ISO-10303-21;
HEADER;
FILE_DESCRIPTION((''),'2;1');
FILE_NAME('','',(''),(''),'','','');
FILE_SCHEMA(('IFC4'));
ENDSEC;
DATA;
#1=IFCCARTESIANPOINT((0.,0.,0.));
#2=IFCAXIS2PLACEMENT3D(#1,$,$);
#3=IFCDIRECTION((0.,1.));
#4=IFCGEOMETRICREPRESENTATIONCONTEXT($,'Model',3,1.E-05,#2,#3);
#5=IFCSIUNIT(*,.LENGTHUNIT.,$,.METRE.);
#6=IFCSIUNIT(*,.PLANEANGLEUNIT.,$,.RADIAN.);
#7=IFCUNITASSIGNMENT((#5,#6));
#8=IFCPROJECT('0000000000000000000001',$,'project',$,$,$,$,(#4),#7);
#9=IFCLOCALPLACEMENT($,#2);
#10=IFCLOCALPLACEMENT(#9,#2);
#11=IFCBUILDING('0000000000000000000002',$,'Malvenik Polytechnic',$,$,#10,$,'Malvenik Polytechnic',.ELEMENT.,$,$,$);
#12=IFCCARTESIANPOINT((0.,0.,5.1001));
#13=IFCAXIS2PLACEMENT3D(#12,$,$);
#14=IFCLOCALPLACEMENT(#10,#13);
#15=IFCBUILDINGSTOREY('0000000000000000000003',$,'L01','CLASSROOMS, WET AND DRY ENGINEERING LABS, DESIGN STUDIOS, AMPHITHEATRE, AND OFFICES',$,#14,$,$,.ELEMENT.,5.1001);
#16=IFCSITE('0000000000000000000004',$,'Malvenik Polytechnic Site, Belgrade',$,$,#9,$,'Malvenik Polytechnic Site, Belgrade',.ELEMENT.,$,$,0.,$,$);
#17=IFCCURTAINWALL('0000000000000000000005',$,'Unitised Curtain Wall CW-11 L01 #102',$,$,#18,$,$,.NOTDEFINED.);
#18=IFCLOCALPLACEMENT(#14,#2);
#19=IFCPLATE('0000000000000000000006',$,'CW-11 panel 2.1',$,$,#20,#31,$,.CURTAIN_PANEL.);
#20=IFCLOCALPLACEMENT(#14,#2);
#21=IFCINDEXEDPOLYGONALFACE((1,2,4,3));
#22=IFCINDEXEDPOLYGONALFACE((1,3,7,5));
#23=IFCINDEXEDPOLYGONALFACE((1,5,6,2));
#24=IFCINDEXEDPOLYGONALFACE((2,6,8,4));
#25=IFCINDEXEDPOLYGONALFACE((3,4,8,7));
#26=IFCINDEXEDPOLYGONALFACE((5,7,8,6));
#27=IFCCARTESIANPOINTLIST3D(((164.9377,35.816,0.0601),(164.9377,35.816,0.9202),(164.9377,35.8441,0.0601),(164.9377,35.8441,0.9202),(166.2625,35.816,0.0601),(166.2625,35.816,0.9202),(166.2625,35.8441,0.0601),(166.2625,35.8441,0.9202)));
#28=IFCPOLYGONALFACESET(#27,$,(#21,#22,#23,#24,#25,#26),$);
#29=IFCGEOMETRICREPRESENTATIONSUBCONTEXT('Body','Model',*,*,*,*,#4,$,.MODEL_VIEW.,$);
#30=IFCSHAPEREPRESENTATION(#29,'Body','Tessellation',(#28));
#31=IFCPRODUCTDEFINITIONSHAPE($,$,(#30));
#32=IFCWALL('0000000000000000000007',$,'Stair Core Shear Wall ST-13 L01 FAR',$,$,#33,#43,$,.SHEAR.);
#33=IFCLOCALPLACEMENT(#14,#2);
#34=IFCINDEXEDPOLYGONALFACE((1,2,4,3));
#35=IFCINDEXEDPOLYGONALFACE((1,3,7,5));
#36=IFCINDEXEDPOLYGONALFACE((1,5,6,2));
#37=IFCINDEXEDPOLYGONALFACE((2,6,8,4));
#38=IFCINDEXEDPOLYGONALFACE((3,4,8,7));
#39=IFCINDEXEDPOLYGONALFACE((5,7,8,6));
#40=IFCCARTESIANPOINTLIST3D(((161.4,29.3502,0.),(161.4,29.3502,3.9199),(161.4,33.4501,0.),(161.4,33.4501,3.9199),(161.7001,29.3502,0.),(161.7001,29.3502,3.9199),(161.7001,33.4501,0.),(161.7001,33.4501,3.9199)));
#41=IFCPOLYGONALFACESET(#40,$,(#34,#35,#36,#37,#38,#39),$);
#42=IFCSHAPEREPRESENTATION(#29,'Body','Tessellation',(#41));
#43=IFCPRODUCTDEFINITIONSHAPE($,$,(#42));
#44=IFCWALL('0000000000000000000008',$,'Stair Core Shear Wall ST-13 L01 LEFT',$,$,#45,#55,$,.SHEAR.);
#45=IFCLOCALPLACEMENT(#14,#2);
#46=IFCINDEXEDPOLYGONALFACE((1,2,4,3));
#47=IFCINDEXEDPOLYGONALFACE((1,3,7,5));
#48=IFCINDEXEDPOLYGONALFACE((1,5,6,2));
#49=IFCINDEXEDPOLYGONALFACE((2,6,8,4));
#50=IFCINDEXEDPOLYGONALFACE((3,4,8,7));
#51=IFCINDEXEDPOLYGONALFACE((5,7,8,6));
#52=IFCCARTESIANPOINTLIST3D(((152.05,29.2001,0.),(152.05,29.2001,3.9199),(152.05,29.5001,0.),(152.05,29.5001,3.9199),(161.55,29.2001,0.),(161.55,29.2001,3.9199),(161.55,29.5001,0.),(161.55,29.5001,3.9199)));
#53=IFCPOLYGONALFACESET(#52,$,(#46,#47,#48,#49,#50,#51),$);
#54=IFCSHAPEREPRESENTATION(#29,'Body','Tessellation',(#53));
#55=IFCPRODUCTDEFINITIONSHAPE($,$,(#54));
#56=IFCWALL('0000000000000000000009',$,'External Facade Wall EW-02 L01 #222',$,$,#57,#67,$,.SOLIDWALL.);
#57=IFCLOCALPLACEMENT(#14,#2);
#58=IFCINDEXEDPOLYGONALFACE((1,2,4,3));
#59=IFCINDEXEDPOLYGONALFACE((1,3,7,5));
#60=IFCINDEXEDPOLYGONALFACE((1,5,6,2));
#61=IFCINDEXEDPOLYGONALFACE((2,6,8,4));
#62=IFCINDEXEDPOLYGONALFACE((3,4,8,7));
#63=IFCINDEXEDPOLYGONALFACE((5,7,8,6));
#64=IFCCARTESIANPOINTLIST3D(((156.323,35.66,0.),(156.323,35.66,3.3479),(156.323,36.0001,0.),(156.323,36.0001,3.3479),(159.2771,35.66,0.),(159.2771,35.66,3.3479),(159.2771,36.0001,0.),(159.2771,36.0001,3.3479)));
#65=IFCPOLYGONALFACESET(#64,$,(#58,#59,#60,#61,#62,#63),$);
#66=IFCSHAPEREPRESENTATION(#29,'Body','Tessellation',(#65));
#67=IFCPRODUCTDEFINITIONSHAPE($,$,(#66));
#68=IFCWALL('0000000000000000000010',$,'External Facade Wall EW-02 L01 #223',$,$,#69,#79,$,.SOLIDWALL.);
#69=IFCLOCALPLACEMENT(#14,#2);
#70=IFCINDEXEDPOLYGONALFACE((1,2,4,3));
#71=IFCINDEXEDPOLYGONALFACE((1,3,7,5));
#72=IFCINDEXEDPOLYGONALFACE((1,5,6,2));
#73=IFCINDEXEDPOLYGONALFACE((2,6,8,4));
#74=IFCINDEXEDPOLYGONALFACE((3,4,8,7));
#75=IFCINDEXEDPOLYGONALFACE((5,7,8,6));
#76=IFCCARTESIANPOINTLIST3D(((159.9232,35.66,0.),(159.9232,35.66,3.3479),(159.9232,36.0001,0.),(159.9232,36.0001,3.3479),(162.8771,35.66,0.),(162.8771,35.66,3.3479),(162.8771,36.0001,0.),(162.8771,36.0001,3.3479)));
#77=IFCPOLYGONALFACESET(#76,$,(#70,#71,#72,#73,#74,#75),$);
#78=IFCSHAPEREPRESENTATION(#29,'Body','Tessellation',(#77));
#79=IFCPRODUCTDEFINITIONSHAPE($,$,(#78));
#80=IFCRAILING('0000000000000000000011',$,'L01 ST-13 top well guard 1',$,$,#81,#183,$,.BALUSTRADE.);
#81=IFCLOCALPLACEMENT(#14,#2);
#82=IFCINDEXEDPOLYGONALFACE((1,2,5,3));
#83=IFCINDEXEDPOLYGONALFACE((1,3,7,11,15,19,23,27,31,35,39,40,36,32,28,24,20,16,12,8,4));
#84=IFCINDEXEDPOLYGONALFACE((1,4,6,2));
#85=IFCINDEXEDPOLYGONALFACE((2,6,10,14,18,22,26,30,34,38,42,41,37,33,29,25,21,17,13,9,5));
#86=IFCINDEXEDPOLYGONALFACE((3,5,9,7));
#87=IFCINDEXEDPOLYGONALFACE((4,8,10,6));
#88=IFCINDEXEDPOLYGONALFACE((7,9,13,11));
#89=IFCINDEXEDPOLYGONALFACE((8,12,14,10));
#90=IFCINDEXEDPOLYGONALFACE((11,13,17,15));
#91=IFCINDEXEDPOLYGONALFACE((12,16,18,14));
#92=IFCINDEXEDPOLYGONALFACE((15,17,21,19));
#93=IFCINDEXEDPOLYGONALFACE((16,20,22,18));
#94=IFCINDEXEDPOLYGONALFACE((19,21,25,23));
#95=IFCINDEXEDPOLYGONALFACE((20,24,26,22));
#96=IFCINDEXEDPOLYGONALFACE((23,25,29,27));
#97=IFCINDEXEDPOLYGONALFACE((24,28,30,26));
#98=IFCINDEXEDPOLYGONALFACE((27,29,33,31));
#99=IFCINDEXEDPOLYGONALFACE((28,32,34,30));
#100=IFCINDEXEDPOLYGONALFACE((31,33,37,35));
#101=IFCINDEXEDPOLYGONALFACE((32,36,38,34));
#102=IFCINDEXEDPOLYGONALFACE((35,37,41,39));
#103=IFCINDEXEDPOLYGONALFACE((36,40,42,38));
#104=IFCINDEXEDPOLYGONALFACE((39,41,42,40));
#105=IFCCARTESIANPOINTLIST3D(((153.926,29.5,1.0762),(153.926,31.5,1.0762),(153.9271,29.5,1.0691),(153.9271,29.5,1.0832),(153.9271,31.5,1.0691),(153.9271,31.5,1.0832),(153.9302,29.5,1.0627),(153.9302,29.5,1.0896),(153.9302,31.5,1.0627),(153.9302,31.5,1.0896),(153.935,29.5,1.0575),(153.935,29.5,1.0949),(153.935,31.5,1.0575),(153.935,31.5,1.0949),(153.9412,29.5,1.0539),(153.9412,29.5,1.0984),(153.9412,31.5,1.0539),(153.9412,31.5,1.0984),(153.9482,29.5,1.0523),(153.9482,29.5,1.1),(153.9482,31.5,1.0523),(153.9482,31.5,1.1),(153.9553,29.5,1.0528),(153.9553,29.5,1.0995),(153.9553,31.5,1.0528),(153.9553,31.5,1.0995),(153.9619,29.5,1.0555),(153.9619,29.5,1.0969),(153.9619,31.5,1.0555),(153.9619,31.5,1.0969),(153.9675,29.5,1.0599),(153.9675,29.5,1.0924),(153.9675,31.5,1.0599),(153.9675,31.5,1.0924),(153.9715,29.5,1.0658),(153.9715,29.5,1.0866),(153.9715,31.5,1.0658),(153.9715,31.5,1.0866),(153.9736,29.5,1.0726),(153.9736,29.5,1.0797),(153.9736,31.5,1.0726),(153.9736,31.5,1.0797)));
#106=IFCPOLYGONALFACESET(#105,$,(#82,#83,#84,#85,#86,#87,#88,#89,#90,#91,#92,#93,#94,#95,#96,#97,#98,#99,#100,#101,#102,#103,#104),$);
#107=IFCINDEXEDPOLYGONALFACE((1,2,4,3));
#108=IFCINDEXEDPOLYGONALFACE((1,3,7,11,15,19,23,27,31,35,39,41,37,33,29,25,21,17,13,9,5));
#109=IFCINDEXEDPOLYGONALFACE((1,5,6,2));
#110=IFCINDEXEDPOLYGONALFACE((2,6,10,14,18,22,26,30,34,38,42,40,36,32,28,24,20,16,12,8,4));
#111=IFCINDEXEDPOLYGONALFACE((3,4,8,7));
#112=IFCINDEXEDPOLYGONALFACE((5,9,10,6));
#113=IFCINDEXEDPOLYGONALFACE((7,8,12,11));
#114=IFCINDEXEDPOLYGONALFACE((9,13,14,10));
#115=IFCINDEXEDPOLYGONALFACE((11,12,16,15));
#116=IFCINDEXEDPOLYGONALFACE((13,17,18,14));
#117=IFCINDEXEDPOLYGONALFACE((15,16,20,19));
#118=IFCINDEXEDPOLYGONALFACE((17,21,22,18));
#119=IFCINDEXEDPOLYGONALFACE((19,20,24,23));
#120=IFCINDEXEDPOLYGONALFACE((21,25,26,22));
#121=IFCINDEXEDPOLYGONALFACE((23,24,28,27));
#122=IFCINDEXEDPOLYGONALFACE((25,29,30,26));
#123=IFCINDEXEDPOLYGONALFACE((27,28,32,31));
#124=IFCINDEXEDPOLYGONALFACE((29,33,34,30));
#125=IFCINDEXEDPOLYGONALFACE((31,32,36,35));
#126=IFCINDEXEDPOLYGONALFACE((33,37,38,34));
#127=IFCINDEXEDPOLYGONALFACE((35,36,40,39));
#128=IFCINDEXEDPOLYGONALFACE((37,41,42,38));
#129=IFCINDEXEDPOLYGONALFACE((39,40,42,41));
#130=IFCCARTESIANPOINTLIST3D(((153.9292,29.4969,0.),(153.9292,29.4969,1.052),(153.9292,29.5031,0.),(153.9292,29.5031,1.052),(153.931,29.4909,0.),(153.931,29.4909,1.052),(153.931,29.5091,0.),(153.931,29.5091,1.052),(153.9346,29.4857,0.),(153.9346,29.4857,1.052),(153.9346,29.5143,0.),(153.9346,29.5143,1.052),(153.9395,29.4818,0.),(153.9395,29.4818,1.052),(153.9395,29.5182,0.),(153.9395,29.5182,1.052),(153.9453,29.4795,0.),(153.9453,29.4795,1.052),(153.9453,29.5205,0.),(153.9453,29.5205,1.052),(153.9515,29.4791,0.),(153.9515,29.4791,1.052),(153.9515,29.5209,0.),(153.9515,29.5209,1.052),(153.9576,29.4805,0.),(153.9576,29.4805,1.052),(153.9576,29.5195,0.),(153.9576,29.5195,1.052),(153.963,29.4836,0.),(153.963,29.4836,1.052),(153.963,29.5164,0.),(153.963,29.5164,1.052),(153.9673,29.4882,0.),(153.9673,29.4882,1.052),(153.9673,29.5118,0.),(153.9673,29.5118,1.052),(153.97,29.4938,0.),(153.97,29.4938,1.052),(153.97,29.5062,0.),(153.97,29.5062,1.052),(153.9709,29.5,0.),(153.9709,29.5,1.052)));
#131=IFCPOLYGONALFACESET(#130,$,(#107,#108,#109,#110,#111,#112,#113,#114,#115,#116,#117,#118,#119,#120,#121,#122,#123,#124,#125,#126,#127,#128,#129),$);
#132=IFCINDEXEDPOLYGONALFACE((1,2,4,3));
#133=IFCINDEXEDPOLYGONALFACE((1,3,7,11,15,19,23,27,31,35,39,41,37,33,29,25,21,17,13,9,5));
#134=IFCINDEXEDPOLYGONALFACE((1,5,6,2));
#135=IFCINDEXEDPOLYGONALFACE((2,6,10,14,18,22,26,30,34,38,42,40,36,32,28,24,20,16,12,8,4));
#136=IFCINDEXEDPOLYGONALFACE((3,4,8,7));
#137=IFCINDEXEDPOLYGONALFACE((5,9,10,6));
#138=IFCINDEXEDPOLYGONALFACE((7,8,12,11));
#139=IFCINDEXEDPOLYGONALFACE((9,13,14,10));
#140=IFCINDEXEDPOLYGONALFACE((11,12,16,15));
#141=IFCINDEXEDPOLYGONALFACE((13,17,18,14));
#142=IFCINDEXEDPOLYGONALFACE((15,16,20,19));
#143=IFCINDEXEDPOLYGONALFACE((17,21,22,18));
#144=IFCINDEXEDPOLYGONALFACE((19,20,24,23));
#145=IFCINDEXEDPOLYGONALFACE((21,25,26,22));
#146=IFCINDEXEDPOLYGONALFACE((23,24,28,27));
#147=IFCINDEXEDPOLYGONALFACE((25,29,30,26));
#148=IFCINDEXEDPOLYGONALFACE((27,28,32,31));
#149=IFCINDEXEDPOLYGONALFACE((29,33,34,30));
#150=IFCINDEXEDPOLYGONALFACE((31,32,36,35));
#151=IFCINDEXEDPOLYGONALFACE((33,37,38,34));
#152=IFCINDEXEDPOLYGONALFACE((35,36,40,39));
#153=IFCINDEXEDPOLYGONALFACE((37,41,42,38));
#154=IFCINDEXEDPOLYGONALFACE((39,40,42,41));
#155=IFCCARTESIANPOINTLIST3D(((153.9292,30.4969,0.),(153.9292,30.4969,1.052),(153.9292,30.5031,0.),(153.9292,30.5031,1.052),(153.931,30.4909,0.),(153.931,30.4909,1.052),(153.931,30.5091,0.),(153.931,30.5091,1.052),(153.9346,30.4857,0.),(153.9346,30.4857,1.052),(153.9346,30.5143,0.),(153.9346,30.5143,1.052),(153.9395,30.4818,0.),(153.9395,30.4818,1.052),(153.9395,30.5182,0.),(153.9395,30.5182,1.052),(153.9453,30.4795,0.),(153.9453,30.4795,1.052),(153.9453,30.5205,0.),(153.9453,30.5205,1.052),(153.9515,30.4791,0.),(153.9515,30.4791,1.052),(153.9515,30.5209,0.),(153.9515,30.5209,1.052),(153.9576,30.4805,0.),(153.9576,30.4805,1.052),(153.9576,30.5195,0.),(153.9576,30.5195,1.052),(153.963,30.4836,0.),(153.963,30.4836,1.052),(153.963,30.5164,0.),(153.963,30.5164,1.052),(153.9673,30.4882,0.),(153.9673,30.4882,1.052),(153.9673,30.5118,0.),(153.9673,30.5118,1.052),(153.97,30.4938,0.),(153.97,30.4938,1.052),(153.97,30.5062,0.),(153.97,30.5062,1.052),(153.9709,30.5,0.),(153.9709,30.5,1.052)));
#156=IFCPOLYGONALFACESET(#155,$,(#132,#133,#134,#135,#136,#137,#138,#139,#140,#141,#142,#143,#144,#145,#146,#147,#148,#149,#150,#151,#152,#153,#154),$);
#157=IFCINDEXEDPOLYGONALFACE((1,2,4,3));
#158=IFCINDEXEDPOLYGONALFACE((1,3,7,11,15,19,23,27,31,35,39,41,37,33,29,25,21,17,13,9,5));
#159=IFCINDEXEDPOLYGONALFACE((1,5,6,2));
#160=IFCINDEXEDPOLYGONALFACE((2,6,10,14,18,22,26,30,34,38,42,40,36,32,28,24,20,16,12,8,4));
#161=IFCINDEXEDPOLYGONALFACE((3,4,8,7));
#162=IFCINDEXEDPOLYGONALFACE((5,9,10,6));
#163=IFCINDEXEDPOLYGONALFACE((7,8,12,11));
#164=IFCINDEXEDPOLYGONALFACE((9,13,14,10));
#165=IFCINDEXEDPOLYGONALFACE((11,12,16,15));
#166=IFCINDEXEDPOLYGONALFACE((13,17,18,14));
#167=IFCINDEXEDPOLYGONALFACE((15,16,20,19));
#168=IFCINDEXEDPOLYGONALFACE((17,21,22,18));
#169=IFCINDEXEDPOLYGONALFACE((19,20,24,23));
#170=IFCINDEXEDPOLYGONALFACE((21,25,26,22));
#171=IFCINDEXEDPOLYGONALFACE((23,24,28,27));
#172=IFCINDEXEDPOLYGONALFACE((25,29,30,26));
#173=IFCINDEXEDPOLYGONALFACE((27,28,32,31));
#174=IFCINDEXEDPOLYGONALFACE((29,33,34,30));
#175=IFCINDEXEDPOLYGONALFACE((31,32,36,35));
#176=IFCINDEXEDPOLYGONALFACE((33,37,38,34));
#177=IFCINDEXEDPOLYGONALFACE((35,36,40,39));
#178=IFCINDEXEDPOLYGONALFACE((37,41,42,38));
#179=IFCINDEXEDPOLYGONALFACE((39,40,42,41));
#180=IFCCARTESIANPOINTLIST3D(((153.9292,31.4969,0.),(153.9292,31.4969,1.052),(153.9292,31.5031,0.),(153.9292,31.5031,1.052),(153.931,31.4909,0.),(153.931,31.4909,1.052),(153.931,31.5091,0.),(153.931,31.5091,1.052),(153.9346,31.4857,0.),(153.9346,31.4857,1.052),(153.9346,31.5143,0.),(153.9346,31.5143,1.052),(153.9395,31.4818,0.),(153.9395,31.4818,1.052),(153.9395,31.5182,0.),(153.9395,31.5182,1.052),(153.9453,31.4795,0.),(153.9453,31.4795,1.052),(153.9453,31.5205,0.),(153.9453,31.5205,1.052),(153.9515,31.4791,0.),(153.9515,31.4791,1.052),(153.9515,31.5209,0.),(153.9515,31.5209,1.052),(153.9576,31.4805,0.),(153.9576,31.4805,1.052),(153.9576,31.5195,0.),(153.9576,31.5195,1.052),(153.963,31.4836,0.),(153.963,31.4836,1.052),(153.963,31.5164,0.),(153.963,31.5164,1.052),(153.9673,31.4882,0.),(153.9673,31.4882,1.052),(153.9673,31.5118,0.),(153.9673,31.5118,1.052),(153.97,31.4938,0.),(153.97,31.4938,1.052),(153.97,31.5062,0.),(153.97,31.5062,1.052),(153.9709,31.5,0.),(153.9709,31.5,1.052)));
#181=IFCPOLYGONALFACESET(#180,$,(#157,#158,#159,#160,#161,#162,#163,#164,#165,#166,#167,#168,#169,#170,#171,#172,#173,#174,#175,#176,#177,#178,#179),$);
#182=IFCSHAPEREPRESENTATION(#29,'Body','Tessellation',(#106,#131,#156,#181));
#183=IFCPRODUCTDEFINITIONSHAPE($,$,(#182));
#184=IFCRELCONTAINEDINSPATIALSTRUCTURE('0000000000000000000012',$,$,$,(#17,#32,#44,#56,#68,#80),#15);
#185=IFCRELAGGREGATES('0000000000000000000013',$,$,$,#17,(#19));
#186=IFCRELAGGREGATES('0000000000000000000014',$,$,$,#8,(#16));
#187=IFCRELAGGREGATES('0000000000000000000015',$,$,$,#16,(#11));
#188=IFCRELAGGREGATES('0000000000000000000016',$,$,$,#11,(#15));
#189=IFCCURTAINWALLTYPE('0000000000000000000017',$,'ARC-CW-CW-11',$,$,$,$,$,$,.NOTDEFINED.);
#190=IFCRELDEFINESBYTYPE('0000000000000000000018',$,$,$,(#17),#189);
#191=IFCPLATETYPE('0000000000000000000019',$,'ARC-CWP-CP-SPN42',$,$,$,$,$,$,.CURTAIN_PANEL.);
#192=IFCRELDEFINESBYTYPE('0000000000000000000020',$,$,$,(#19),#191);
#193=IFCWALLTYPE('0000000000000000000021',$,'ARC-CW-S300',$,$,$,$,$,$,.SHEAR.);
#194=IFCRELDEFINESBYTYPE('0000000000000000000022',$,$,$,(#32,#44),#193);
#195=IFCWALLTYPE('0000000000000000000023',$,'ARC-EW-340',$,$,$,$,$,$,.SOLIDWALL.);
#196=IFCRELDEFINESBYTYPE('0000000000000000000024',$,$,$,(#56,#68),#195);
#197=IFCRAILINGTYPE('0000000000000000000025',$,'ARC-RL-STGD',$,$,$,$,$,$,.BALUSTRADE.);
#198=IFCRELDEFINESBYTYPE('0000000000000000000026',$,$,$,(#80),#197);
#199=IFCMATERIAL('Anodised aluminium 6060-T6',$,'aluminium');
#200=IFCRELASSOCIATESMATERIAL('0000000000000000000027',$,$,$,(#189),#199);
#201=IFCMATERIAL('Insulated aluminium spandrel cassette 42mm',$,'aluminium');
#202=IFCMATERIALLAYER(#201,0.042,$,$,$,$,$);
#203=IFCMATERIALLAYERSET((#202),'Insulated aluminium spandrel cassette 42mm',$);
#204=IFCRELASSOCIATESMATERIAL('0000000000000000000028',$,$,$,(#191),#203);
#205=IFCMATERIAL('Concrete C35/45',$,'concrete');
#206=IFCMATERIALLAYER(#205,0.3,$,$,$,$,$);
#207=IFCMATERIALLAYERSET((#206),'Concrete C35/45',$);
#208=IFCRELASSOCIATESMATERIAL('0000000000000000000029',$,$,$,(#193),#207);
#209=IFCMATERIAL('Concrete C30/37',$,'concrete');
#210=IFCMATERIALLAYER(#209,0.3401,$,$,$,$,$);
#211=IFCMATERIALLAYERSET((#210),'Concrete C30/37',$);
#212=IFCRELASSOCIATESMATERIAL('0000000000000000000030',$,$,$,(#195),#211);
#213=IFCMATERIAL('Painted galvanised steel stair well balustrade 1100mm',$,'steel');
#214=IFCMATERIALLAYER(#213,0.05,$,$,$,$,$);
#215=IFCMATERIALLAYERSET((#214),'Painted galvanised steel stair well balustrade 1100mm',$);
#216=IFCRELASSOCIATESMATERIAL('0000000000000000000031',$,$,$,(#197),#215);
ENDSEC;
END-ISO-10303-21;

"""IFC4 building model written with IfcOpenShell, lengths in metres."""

from ifc_helpers import new_model, si_unit, direction, frame, frame_2d, origin, origin_2d, place, context, subcontext, project, spatial, rectangle, circle, extrude, material, layer, layer_set, type_object, element, aggregate, save


model = new_model("IFC4")

# Units and contexts
model_context = context("Model", 3, precision=1e-05, world=origin(), true_north=direction((0.0, 1.0)))
body_context = subcontext(model_context, "Body", "Model", "MODEL_VIEW")
ifc_project = project(units=[si_unit("LENGTHUNIT", "METRE"), si_unit("PLANEANGLEUNIT", "RADIAN")], contexts=[model_context])

# Site, building, storey
site_placement = place(None, origin())
site = spatial("IfcSite", under=ifc_project, at=site_placement, Name="Malvenik Polytechnic Site, Belgrade", LongName="Malvenik Polytechnic Site, Belgrade", CompositionType="ELEMENT", RefElevation=0.0)
building_placement = place(site_placement, origin())
building = spatial("IfcBuilding", under=site, at=building_placement, Name="Malvenik Polytechnic", LongName="Malvenik Polytechnic", CompositionType="ELEMENT")
storey_placement = place(building_placement, frame((0.0, 0.0, 5.1001)))
storey = spatial("IfcBuildingStorey", under=building, at=storey_placement, Name="L01", Description="CLASSROOMS, WET AND DRY ENGINEERING LABS, DESIGN STUDIOS, AMPHITHEATRE, AND OFFICES", CompositionType="ELEMENT", Elevation=5.1001)

# Shared definitions
ifc_material_1 = material(Name="Concrete C35/45", Category="concrete")

# Curtain wall
ifc_material_2 = material(Name="Anodised aluminium 6060-T6", Category="aluminium")
curtain_wall_type = type_object("IfcCurtainWallType", Name="ARC-CW-CW-11", PredefinedType="NOTDEFINED", material=ifc_material_2)
curtain_wall_1_placement = place(storey_placement, origin())
curtain_wall_1 = element("IfcCurtainWall", 1, at=curtain_wall_1_placement, inside=storey, type_object=curtain_wall_type, Name="Unitised Curtain Wall CW-11 L01 #102", PredefinedType="NOTDEFINED")

# Plate
ifc_material_3 = material(Name="Insulated aluminium spandrel cassette 42mm", Category="aluminium")
ifc_layer_1 = layer(ifc_material_3, 0.042)
ifc_layer_set_1 = layer_set([ifc_layer_1], Name="Insulated aluminium spandrel cassette 42mm")
plate_type_1 = type_object("IfcPlateType", Name="ARC-CWP-CP-SPN42", PredefinedType="CURTAIN_PANEL", material=ifc_layer_set_1)
plate_1_placement = place(storey_placement, frame((165.6001, 35.8301, 0.0601), z_axis=(0.0, 0.0, 1.0), x_axis=(1.0, 0.0, 0.0)))
plate_1 = element("IfcPlate", 2, at=plate_1_placement, type_object=plate_type_1, Name="CW-11 panel 2.1", PredefinedType="CURTAIN_PANEL", context=body_context, shape_type="SweptSolid", body=[
    extrude(rectangle(XDim=1.3247, YDim=0.0281, at=origin_2d()), origin(), (0.0, 0.0, 1.0), 0.8601),
])
aggregate(curtain_wall_1, [plate_1])

# Walls
ifc_layer_2 = layer(ifc_material_1, 0.3)
ifc_layer_set_2 = layer_set([ifc_layer_2], Name="Concrete C35/45")
wall_type_1 = type_object("IfcWallType", Name="ARC-CW-S300", PredefinedType="SHEAR", material=ifc_layer_set_2)
wall_1_placement = place(storey_placement, frame((161.55, 33.45, 0.0), z_axis=(0.0, 0.0, 1.0), x_axis=(0.0, -1.0, 0.0)))
element("IfcWall", 3, at=wall_1_placement, inside=storey, type_object=wall_type_1, Name="Stair Core Shear Wall ST-13 L01 FAR", PredefinedType="SHEAR", context=body_context, shape_type="SweptSolid", body=[
    extrude(rectangle(XDim=4.0999, YDim=0.3, at=frame_2d((2.0498, 0.0))), origin(), (0.0, 0.0, 1.0), 3.9199),
])
wall_2_placement = place(storey_placement, frame((161.55, 29.3501, 0.0), z_axis=(0.0, 0.0, 1.0), x_axis=(-1.0, 0.0, 0.0)))
element("IfcWall", 4, at=wall_2_placement, inside=storey, type_object=wall_type_1, Name="Stair Core Shear Wall ST-13 L01 LEFT", PredefinedType="SHEAR", context=body_context, shape_type="SweptSolid", body=[
    extrude(rectangle(XDim=9.5, YDim=0.3, at=frame_2d((4.75, 0.0))), origin(), (0.0, 0.0, 1.0), 3.9199),
])
ifc_material_4 = material(Name="Concrete C30/37", Category="concrete")
ifc_layer_3 = layer(ifc_material_4, 0.3401)
ifc_layer_set_3 = layer_set([ifc_layer_3], Name="Concrete C30/37")
wall_type_2 = type_object("IfcWallType", Name="ARC-EW-340", PredefinedType="SOLIDWALL", material=ifc_layer_set_3)
wall_3_placement = place(storey_placement, frame((156.323, 35.8301, 0.0), z_axis=(0.0, 0.0, 1.0), x_axis=(1.0, 0.0, 0.0)))
element("IfcWall", 5, at=wall_3_placement, inside=storey, type_object=wall_type_2, Name="External Facade Wall EW-02 L01 #222", PredefinedType="SOLIDWALL", context=body_context, shape_type="SweptSolid", body=[
    extrude(rectangle(XDim=2.9541, YDim=0.3401, at=frame_2d((1.4771, 0.0))), origin(), (0.0, 0.0, 1.0), 3.3479),
])
wall_4_placement = place(storey_placement, frame((159.9231, 35.8301, 0.0), z_axis=(0.0, 0.0, 1.0), x_axis=(1.0, 0.0, 0.0)))
element("IfcWall", 6, at=wall_4_placement, inside=storey, type_object=wall_type_2, Name="External Facade Wall EW-02 L01 #223", PredefinedType="SOLIDWALL", context=body_context, shape_type="SweptSolid", body=[
    extrude(rectangle(XDim=2.9539, YDim=0.3401, at=frame_2d((1.4771, 0.0))), origin(), (0.0, 0.0, 1.0), 3.3479),
])

# Railing
ifc_material_5 = material(Name="Painted galvanised steel stair well balustrade 1100mm", Category="steel")
ifc_layer_4 = layer(ifc_material_5, 0.05)
ifc_layer_set_4 = layer_set([ifc_layer_4], Name="Painted galvanised steel stair well balustrade 1100mm")
railing_type = type_object("IfcRailingType", Name="ARC-RL-STGD", PredefinedType="BALUSTRADE", material=ifc_layer_set_4)
railing_placement = place(storey_placement, frame((153.95, 29.5, 0.0)))
element("IfcRailing", 7, at=railing_placement, inside=storey, type_object=railing_type, Name="L01 ST-13 top well guard 1", PredefinedType="BALUSTRADE", context=body_context, shape_type="SweptSolid", body=[
    extrude(circle(Radius=0.0239, at=origin_2d()), frame((0.0, 0.0, 1.0762), z_axis=(0.0, 1.0, 0.0), x_axis=(-1.0, 0.0, 0.0)), (0.0, 0.0, 1.0), 2.0),
    extrude(circle(Radius=0.021, at=origin_2d()), origin(), (0.0, 0.0, 1.0), 1.052),
    extrude(circle(Radius=0.021, at=origin_2d()), frame((0.0, 1.0, 0.0)), (0.0, 0.0, 1.0), 1.052),
    extrude(circle(Radius=0.021, at=origin_2d()), frame((0.0, 2.0, 0.0)), (0.0, 0.0, 1.0), 1.052),
])

save(model, "model.ifc")
